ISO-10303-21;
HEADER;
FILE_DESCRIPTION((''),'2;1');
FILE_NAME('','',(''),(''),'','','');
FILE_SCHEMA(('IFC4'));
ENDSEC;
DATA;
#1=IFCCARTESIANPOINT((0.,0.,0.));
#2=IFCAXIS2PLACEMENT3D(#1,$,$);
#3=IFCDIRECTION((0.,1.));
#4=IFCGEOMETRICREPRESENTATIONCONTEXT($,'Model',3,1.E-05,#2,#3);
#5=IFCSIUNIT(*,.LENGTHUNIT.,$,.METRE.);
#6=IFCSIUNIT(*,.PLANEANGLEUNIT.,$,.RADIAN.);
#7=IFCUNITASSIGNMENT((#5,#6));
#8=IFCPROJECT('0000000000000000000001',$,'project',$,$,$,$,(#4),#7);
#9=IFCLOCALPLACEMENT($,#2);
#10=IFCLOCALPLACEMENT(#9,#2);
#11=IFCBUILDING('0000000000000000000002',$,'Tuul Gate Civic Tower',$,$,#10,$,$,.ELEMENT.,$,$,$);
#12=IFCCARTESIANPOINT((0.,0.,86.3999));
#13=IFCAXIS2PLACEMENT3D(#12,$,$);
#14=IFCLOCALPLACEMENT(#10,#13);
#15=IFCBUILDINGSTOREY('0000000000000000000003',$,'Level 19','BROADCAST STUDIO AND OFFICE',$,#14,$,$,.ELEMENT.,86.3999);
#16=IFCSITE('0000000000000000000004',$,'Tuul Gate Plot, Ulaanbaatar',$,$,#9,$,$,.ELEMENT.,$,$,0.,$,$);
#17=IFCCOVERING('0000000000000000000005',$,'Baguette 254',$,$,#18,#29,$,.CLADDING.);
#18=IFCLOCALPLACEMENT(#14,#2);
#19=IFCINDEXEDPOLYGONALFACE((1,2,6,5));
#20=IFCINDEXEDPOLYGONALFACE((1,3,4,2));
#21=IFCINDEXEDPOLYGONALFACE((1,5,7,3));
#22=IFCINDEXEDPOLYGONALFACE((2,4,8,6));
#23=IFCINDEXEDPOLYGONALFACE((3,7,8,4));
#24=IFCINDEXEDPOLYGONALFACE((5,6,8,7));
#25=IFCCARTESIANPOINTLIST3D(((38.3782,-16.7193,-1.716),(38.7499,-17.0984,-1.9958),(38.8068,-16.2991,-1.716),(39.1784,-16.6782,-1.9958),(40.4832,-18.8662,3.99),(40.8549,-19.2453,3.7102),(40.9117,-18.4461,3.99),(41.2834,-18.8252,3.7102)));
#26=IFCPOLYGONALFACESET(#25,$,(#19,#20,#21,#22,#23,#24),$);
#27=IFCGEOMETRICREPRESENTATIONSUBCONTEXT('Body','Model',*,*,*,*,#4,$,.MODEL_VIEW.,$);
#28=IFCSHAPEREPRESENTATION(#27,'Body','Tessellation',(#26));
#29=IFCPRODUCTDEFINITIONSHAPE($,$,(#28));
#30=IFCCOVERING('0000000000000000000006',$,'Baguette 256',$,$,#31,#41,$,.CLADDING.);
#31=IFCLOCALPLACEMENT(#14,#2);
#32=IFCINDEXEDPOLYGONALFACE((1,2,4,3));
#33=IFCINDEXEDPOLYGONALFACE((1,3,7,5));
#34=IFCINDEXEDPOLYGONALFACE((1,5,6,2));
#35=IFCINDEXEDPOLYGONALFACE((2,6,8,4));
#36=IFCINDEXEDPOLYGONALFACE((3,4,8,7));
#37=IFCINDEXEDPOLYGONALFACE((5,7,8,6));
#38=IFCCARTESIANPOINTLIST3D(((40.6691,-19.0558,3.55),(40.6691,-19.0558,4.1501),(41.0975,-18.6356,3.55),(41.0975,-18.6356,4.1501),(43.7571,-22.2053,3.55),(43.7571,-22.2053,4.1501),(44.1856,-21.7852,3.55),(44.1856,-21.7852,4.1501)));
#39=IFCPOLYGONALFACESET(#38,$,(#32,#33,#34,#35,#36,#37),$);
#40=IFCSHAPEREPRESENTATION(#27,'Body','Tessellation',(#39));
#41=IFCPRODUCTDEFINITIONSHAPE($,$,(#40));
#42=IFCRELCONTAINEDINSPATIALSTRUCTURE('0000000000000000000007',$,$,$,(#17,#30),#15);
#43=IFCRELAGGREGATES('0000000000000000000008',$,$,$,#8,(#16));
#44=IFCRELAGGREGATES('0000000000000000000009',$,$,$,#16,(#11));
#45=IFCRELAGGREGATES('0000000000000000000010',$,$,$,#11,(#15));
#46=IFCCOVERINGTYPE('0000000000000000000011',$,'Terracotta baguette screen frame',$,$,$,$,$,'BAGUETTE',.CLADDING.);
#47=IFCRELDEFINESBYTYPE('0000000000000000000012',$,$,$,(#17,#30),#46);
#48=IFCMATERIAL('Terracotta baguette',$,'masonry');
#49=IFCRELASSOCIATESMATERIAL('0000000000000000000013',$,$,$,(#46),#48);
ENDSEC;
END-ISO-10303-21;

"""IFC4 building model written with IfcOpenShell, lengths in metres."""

from ifc_helpers import new_model, si_unit, direction, frame, origin, origin_2d, place, context, subcontext, project, spatial, rectangle, extrude, material, material_profile, profile_set, type_object, element, save


model = new_model("IFC4")

# Units and contexts
model_context = context("Model", 3, precision=1e-05, world=origin(), true_north=direction((0.0, 1.0)))
body_context = subcontext(model_context, "Body", "Model", "MODEL_VIEW")
ifc_project = project(units=[si_unit("LENGTHUNIT", "METRE"), si_unit("PLANEANGLEUNIT", "RADIAN")], contexts=[model_context])

# Site, building, storey
site_placement = place(None, origin())
site = spatial("IfcSite", under=ifc_project, at=site_placement, Name="Tuul Gate Plot, Ulaanbaatar", CompositionType="ELEMENT", RefElevation=0.0)
building_placement = place(site_placement, origin())
building = spatial("IfcBuilding", under=site, at=building_placement, Name="Tuul Gate Civic Tower", CompositionType="ELEMENT")
storey_placement = place(building_placement, frame((0.0, 0.0, 86.3999)))
storey = spatial("IfcBuildingStorey", under=building, at=storey_placement, Name="Level 19", Description="BROADCAST STUDIO AND OFFICE", CompositionType="ELEMENT", Elevation=86.3999)

# Coverings
ifc_material_1 = material(Name="Terracotta baguette", Category="masonry")
ifc_material_profile_1 = material_profile(ifc_material_1, rectangle(XDim=0.6001, YDim=0.6001, at=origin_2d()), Name="Terracotta baguette screen frame")
ifc_profile_set_1 = profile_set([ifc_material_profile_1], Name="Terracotta baguette")
covering_type = type_object("IfcCoveringType", Name="Terracotta baguette screen frame", ElementType="BAGUETTE", PredefinedType="CLADDING", material=ifc_profile_set_1)
covering_1_placement = place(storey_placement, frame((40.8833, -18.8457, 3.8501), z_axis=(-0.326365, 0.332876, -0.884692), x_axis=(-0.714055, -0.700089, 0.0)))
element("IfcCovering", 1, at=covering_1_placement, inside=storey, type_object=covering_type, Name="Baguette 254", PredefinedType="CLADDING", context=body_context, shape_type="SweptSolid", body=[
    extrude(rectangle(XDim=0.6001, YDim=0.6001, at=origin_2d()), origin(), (0.0, 0.0, 1.0), 6.4497),
])
covering_2_placement = place(storey_placement, frame((40.8833, -18.8457, 3.8501), z_axis=(0.700099, -0.714046, 0.0), x_axis=(0.714046, 0.700099, 0.0)))
element("IfcCovering", 2, at=covering_2_placement, inside=storey, type_object=covering_type, Name="Baguette 256", PredefinedType="CLADDING", context=body_context, shape_type="SweptSolid", body=[
    extrude(rectangle(XDim=0.6001, YDim=0.6001, at=origin_2d()), origin(), (0.0, 0.0, 1.0), 4.4109),
])

save(model, "model.ifc")
